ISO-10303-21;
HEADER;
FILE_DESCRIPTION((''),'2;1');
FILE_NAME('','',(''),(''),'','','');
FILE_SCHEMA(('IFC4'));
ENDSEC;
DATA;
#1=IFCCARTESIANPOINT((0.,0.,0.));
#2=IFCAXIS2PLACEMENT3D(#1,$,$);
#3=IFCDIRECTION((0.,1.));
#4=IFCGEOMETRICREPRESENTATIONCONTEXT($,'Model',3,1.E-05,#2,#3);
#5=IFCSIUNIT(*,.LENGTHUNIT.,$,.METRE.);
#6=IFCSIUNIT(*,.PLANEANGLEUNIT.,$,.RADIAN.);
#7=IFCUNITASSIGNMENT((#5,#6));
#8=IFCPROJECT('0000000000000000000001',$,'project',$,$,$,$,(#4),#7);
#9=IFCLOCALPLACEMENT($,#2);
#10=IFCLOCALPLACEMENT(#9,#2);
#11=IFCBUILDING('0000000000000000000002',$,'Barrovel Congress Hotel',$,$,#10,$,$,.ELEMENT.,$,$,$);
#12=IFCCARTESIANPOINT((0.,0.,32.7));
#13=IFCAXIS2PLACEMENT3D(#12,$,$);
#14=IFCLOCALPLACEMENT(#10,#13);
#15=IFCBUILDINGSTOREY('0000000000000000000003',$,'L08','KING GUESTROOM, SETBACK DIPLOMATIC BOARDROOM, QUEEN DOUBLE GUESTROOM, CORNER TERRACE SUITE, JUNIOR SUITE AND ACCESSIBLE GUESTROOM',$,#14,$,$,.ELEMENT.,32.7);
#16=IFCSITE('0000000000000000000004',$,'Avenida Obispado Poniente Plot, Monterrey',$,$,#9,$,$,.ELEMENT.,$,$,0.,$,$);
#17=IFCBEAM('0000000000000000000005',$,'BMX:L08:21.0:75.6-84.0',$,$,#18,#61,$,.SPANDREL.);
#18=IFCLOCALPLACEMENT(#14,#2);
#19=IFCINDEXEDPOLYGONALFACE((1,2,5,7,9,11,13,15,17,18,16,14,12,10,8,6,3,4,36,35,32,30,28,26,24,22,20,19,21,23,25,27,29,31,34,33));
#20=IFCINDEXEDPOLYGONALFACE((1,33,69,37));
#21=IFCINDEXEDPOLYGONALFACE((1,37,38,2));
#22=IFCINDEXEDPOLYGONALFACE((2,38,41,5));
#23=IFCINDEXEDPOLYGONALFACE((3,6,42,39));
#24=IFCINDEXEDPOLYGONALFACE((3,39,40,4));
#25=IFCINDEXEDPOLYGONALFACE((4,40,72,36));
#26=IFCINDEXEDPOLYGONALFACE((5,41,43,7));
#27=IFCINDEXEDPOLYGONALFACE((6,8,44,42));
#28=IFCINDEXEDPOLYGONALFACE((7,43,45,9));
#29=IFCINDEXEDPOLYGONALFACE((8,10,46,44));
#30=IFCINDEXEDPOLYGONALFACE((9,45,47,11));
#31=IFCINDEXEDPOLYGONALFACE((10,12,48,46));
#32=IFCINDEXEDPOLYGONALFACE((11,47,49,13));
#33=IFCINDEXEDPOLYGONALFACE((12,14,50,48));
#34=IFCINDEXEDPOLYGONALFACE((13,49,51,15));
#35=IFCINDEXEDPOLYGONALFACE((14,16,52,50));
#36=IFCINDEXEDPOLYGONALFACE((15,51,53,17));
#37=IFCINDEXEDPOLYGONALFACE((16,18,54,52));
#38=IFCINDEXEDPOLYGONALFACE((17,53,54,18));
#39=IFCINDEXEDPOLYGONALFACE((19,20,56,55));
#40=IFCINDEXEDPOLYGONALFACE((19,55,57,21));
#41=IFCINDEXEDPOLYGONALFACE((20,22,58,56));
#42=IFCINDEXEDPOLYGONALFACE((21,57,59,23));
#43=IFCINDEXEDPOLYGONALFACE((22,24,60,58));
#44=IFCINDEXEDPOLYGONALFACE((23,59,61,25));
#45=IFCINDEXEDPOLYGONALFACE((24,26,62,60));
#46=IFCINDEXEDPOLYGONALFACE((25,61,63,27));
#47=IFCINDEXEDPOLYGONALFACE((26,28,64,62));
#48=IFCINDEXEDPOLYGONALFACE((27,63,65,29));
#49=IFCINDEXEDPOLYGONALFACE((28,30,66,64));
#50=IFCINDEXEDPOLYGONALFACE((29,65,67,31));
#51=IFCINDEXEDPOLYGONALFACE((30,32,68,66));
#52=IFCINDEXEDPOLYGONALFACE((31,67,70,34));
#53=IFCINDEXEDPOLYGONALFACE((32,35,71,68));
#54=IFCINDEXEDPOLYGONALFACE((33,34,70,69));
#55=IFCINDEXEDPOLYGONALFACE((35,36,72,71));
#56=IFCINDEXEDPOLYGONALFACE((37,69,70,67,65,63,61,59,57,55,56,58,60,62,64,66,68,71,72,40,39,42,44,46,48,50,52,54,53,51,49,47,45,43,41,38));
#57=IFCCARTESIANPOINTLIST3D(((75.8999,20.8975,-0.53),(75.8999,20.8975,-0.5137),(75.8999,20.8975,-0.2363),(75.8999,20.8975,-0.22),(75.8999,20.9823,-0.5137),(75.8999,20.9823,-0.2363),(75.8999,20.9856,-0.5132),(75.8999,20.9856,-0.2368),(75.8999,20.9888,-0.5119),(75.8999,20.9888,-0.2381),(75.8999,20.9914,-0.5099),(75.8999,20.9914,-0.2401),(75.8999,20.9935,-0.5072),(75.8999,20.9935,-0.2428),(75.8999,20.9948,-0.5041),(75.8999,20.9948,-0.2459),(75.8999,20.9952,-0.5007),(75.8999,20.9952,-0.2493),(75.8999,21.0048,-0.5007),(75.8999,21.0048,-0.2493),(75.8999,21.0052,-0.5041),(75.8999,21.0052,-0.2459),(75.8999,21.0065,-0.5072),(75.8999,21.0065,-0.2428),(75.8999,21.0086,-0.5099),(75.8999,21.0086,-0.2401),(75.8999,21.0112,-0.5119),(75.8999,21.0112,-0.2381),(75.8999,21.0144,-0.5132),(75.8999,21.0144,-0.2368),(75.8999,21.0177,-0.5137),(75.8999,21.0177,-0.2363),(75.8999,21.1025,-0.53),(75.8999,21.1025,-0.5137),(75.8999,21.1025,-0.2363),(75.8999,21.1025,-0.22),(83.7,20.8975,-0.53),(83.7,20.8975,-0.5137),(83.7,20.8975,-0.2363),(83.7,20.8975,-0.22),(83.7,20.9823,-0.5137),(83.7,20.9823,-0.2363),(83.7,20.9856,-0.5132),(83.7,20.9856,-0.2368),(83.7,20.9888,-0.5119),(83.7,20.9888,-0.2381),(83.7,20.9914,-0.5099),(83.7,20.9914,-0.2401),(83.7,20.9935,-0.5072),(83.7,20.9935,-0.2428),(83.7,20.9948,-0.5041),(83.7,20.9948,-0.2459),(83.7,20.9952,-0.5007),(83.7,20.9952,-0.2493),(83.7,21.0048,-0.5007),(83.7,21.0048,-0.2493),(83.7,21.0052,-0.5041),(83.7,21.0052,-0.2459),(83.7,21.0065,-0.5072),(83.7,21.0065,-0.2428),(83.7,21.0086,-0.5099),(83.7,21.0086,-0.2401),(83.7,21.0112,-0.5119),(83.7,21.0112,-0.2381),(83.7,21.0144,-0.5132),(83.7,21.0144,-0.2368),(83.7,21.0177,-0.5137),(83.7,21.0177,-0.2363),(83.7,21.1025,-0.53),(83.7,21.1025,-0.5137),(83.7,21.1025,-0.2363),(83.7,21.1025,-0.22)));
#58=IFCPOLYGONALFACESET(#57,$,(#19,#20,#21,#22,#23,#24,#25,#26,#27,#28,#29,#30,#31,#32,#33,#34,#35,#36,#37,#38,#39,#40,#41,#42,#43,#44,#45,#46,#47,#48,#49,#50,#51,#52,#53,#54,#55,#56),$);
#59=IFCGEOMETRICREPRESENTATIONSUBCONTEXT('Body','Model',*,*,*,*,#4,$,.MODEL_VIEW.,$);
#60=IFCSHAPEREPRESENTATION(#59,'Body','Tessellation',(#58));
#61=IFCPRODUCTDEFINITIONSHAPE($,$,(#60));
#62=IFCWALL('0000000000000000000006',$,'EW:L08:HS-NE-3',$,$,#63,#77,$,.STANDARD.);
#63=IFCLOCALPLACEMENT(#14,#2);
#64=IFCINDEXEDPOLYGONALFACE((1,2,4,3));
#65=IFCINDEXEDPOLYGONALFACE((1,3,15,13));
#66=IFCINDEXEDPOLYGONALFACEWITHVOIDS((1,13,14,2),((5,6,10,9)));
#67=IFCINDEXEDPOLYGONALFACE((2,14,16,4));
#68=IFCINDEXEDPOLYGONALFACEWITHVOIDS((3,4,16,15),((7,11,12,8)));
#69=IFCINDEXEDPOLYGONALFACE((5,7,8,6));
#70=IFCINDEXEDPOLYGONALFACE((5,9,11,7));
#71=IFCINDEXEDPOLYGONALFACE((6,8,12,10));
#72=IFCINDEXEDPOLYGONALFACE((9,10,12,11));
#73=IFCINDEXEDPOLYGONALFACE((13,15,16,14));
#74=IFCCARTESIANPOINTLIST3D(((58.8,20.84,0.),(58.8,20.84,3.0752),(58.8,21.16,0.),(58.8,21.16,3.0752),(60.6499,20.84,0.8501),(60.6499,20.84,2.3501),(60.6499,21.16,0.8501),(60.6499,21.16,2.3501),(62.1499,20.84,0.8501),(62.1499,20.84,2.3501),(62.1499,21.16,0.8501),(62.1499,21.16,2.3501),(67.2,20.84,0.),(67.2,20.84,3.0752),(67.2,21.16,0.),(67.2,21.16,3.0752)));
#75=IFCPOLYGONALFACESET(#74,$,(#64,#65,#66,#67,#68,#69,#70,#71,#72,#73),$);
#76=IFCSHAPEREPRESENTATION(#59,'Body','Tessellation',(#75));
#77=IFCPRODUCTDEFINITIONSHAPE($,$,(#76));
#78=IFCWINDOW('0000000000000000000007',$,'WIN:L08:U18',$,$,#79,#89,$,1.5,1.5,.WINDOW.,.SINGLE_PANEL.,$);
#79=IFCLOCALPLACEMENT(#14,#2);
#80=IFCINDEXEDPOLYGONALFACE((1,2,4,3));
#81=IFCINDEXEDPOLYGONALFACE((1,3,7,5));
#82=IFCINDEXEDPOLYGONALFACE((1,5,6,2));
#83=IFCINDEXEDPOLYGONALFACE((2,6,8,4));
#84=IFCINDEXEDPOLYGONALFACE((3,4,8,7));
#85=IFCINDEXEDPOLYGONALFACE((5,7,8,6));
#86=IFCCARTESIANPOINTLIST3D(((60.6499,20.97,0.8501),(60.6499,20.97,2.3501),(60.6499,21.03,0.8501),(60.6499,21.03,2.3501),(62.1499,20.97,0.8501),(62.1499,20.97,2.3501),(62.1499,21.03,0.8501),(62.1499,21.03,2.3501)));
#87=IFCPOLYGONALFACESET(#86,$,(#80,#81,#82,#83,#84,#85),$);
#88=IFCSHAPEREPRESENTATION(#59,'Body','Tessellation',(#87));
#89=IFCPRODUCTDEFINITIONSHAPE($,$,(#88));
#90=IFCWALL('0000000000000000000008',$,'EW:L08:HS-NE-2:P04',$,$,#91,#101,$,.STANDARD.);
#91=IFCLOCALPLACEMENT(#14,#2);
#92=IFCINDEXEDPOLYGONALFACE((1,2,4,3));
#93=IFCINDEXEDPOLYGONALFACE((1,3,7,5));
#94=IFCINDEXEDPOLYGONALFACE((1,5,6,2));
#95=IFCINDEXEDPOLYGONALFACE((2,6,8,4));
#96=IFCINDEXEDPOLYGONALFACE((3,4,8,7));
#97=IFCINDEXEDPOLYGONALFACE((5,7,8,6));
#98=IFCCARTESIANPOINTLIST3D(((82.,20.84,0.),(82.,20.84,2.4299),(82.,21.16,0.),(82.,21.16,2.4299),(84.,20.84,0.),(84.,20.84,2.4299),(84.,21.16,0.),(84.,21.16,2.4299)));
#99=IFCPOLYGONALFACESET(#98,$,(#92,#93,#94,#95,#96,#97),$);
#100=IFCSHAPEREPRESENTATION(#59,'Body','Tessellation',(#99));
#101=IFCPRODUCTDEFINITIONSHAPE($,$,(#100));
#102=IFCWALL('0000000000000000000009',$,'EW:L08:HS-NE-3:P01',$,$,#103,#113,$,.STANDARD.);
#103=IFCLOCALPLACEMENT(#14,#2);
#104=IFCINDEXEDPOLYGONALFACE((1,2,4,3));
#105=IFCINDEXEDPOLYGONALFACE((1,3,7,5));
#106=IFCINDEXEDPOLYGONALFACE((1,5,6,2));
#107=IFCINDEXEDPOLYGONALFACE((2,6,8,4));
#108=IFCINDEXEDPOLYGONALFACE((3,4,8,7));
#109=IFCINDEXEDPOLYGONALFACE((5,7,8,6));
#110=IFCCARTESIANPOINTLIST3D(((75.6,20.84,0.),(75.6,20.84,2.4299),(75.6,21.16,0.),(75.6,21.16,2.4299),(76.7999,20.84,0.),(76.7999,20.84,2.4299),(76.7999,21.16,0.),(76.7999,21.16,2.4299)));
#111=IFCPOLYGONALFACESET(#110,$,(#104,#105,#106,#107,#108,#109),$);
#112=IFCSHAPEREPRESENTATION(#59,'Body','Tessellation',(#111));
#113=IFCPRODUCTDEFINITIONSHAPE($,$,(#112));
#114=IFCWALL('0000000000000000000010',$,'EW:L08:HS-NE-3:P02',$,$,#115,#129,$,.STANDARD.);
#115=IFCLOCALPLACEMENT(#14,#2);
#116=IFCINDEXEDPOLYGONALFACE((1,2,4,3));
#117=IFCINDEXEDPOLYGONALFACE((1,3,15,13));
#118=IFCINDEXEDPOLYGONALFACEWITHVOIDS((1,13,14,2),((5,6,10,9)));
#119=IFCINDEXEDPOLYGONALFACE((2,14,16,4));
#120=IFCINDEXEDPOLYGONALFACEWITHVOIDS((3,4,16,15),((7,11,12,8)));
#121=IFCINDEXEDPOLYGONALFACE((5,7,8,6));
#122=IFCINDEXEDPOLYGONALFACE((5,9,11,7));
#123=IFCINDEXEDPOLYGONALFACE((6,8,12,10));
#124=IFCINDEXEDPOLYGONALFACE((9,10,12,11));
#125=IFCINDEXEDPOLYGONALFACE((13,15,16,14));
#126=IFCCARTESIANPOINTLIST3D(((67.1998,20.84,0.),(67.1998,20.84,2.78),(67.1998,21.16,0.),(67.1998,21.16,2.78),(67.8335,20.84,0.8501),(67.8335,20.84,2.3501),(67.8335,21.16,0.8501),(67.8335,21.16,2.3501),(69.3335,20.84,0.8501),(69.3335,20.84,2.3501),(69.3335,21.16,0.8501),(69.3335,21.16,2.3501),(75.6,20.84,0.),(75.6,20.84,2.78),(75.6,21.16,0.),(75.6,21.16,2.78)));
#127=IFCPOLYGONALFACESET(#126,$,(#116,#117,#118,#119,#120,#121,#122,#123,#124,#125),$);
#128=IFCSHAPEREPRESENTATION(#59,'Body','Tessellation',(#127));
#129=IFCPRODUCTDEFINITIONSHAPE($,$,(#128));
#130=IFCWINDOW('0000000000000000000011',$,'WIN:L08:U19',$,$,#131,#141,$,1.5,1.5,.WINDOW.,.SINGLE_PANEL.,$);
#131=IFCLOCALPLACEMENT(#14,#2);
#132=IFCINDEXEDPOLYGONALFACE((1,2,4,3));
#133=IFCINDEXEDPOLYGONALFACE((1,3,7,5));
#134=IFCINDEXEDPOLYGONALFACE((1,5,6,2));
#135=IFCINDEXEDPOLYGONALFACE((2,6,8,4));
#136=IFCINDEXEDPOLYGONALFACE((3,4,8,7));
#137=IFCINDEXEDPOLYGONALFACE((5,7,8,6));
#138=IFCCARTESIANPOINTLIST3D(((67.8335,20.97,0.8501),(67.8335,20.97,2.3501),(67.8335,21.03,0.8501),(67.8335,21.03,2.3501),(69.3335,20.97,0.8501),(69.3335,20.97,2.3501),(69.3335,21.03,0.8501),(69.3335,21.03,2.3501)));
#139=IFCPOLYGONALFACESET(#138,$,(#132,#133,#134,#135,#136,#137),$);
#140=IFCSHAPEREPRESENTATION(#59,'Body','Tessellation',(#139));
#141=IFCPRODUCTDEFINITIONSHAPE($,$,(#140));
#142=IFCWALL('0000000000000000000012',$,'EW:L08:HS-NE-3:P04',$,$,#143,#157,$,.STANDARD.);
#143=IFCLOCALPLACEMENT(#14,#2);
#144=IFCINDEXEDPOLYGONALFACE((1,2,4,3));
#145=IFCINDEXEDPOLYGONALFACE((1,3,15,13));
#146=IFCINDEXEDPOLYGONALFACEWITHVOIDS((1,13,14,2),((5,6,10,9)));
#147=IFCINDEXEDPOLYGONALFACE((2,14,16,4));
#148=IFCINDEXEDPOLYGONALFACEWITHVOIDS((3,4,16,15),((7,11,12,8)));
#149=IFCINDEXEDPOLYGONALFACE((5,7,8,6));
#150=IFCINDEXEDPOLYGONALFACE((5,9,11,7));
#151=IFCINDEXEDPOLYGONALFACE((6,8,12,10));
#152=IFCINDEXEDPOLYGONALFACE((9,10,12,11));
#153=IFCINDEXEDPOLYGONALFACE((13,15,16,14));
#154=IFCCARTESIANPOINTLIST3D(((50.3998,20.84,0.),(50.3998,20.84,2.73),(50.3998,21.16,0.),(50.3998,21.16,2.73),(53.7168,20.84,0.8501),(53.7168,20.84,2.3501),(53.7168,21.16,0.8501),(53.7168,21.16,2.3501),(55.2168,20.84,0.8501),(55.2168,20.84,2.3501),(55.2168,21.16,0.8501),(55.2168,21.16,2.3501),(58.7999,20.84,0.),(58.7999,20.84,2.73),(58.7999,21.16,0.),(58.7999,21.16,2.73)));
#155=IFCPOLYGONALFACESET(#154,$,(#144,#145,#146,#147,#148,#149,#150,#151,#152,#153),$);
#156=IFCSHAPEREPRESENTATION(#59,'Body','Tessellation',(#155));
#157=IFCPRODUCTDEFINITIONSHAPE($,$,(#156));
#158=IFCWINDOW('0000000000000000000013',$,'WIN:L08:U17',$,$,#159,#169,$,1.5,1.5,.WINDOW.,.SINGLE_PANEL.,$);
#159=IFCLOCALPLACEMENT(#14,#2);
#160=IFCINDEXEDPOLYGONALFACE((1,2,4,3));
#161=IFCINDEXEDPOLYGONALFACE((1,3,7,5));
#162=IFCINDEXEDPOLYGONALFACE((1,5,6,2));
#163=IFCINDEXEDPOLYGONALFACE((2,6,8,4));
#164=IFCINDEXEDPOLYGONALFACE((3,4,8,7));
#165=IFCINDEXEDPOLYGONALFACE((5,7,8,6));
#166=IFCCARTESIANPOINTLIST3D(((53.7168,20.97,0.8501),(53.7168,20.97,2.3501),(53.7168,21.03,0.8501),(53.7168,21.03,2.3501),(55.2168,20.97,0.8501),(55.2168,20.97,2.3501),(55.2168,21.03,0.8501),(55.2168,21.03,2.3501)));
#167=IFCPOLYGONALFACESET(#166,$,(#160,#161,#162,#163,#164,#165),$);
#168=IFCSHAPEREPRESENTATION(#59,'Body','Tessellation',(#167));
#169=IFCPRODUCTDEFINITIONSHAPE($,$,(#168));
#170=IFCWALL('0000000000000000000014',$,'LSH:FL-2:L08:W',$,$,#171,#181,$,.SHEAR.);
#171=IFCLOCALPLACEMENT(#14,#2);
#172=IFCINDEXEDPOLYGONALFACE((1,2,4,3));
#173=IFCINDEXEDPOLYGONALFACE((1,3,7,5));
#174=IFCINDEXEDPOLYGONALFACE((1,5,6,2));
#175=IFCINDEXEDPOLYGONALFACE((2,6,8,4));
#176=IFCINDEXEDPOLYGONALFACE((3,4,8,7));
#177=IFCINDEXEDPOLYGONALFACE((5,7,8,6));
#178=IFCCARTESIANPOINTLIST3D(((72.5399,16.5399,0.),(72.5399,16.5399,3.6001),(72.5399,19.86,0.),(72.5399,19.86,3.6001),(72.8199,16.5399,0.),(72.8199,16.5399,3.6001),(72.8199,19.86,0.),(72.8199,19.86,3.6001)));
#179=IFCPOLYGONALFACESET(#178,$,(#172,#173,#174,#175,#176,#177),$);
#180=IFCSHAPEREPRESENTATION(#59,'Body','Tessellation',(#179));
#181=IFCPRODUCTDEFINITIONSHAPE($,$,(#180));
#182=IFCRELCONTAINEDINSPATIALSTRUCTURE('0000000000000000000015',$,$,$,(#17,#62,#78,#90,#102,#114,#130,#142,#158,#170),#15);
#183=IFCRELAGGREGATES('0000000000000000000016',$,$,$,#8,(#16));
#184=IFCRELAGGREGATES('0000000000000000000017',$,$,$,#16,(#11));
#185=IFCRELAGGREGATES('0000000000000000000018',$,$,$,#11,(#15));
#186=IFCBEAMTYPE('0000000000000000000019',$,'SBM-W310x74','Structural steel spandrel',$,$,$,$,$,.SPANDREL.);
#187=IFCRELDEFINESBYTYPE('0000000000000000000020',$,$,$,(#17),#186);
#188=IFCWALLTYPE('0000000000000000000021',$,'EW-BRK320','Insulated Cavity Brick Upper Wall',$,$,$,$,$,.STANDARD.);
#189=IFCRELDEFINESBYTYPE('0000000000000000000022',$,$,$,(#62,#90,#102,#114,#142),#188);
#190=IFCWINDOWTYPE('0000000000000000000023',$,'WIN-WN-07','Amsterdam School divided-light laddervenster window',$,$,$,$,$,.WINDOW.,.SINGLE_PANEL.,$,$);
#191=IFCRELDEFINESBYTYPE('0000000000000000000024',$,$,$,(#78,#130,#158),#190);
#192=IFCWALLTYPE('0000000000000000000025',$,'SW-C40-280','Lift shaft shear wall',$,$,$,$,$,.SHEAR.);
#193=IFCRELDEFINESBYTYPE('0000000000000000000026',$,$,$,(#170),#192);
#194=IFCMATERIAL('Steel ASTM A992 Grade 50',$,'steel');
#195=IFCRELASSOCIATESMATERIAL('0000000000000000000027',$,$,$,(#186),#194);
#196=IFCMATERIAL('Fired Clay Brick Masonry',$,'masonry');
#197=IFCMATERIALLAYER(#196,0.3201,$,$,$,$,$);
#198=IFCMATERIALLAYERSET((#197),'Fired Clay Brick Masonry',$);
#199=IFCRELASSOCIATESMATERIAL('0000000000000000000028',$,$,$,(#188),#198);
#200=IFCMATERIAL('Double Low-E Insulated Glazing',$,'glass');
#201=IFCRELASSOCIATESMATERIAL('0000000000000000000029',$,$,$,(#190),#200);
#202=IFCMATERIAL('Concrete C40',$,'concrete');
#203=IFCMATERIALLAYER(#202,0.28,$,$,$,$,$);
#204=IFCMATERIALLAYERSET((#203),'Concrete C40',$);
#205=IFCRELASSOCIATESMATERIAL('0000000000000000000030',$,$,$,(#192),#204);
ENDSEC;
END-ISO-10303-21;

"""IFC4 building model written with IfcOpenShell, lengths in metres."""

from ifc_helpers import new_model, si_unit, direction, frame, frame_2d, origin, origin_2d, place, context, subcontext, project, spatial, rectangle, i_section, extrude, material, layer, layer_set, material_profile, profile_set, type_object, element, fill, save


model = new_model("IFC4")

# Units and contexts
model_context = context("Model", 3, precision=1e-05, world=origin(), true_north=direction((0.0, 1.0)))
body_context = subcontext(model_context, "Body", "Model", "MODEL_VIEW")
ifc_project = project(units=[si_unit("LENGTHUNIT", "METRE"), si_unit("PLANEANGLEUNIT", "RADIAN")], contexts=[model_context])

# Site, building, storey
site_placement = place(None, origin())
site = spatial("IfcSite", under=ifc_project, at=site_placement, Name="Avenida Obispado Poniente Plot, Monterrey", CompositionType="ELEMENT", RefElevation=0.0)
building_placement = place(site_placement, origin())
building = spatial("IfcBuilding", under=site, at=building_placement, Name="Barrovel Congress Hotel", CompositionType="ELEMENT")
storey_placement = place(building_placement, frame((0.0, 0.0, 32.7)))
storey = spatial("IfcBuildingStorey", under=building, at=storey_placement, Name="L08", Description="KING GUESTROOM, SETBACK DIPLOMATIC BOARDROOM, QUEEN DOUBLE GUESTROOM, CORNER TERRACE SUITE, JUNIOR SUITE AND ACCESSIBLE GUESTROOM", CompositionType="ELEMENT", Elevation=32.7)

# Shared definitions
ifc_material_1 = material(Name="Concrete C40", Category="concrete")

# Beam
ifc_material_2 = material(Name="Steel ASTM A992 Grade 50", Category="steel")
ifc_material_profile_1 = material_profile(ifc_material_2, i_section(OverallWidth=0.2051, OverallDepth=0.3101, WebThickness=0.0095, FlangeThickness=0.0164, FilletRadius=0.0129, at=origin_2d()), Name="W310x74")
ifc_profile_set_1 = profile_set([ifc_material_profile_1], Name="Steel ASTM A992 Grade 50")
beam_type_1 = type_object("IfcBeamType", Name="SBM-W310x74", Description="Structural steel spandrel", PredefinedType="SPANDREL", material=ifc_profile_set_1)
beam_1_placement = place(storey_placement, frame((75.8999, 21.0, -0.375), z_axis=(1.0, 0.0, 0.0), x_axis=(0.0, 1.0, 0.0)))
element("IfcBeam", 1, at=beam_1_placement, inside=storey, type_object=beam_type_1, Name="BMX:L08:21.0:75.6-84.0", PredefinedType="SPANDREL", context=body_context, shape_type="SweptSolid", body=[
    extrude(i_section(OverallWidth=0.2051, OverallDepth=0.3101, WebThickness=0.0095, FlangeThickness=0.0164, FilletRadius=0.0129, at=origin_2d()), origin(), (0.0, 0.0, 1.0), 7.8),
])

# Wall, opening, window
ifc_material_3 = material(Name="Fired Clay Brick Masonry", Category="masonry")
ifc_layer_1 = layer(ifc_material_3, 0.3201)
ifc_layer_set_1 = layer_set([ifc_layer_1], Name="Fired Clay Brick Masonry")
wall_type_1 = type_object("IfcWallType", Name="EW-BRK320", Description="Insulated Cavity Brick Upper Wall", PredefinedType="STANDARD", material=ifc_layer_set_1)
wall_1_placement = place(storey_placement, frame((67.2, 21.0, 0.0), z_axis=(0.0, 0.0, 1.0), x_axis=(-1.0, 0.0, 0.0)))
wall_1 = element("IfcWall", 2, at=wall_1_placement, inside=storey, type_object=wall_type_1, Name="EW:L08:HS-NE-3", PredefinedType="STANDARD", context=body_context, shape_type="SweptSolid", body=[
    extrude(rectangle(XDim=8.3999, YDim=0.3201, at=frame_2d((4.2, 0.0))), origin(), (0.0, 0.0, 1.0), 3.0752),
])
opening_1_placement = place(wall_1_placement, frame((5.05, 0.0, 0.8501)))
opening_1 = element("IfcOpeningElement", 3, at=opening_1_placement, cuts=wall_1, PredefinedType="OPENING", context=body_context, shape_type="SweptSolid", body=[
    extrude(rectangle(XDim=1.5, YDim=1.5, at=frame_2d((0.75, 0.75))), frame((0.0, 0.1699, 0.0), z_axis=(0.0, -1.0, 0.0), x_axis=(1.0, 0.0, 0.0)), (0.0, 0.0, 1.0), 0.3401),
])
ifc_material_4 = material(Name="Double Low-E Insulated Glazing", Category="glass")
window_type = type_object("IfcWindowType", Name="WIN-WN-07", Description="Amsterdam School divided-light laddervenster window", PartitioningType="SINGLE_PANEL", PredefinedType="WINDOW", material=ifc_material_4)
window_1_placement = place(opening_1_placement, origin())
window_1 = element("IfcWindow", 4, at=window_1_placement, inside=storey, type_object=window_type, Name="WIN:L08:U18", OverallHeight=1.5, OverallWidth=1.5, PartitioningType="SINGLE_PANEL", PredefinedType="WINDOW", context=body_context, shape_type="SweptSolid", body=[
    extrude(rectangle(XDim=1.5, YDim=1.5, at=frame_2d((0.75, 0.75))), frame((0.0, 0.03, 0.0), z_axis=(0.0, -1.0, 0.0), x_axis=(1.0, 0.0, 0.0)), (0.0, 0.0, 1.0), 0.0601),
])
fill(opening_1, window_1)

# Walls
wall_2_placement = place(storey_placement, frame((84.0, 21.0, 0.0), z_axis=(0.0, 0.0, 1.0), x_axis=(-1.0, 0.0, 0.0)))
element("IfcWall", 5, at=wall_2_placement, inside=storey, type_object=wall_type_1, Name="EW:L08:HS-NE-2:P04", PredefinedType="STANDARD", context=body_context, shape_type="SweptSolid", body=[
    extrude(rectangle(XDim=2.0, YDim=0.3201, at=frame_2d((1.0, 0.0))), origin(), (0.0, 0.0, 1.0), 2.4299),
])
wall_3_placement = place(storey_placement, frame((76.8, 21.0, 0.0), z_axis=(0.0, 0.0, 1.0), x_axis=(-1.0, 0.0, 0.0)))
element("IfcWall", 6, at=wall_3_placement, inside=storey, type_object=wall_type_1, Name="EW:L08:HS-NE-3:P01", PredefinedType="STANDARD", context=body_context, shape_type="SweptSolid", body=[
    extrude(rectangle(XDim=1.2, YDim=0.3201, at=frame_2d((0.6001, 0.0))), origin(), (0.0, 0.0, 1.0), 2.4299),
])

# Walls, openings, windows
wall_4_placement = place(storey_placement, frame((75.6001, 21.0, 0.0), z_axis=(0.0, 0.0, 1.0), x_axis=(-1.0, 0.0, 0.0)))
wall_4 = element("IfcWall", 7, at=wall_4_placement, inside=storey, type_object=wall_type_1, Name="EW:L08:HS-NE-3:P02", PredefinedType="STANDARD", context=body_context, shape_type="SweptSolid", body=[
    extrude(rectangle(XDim=8.4001, YDim=0.3201, at=frame_2d((4.2002, 0.0))), origin(), (0.0, 0.0, 1.0), 2.78),
])
opening_2_placement = place(wall_4_placement, frame((6.2666, 0.0, 0.8501)))
opening_2 = element("IfcOpeningElement", 8, at=opening_2_placement, cuts=wall_4, PredefinedType="OPENING", context=body_context, shape_type="SweptSolid", body=[
    extrude(rectangle(XDim=1.5, YDim=1.5, at=frame_2d((0.75, 0.75))), frame((0.0, 0.1699, 0.0), z_axis=(0.0, -1.0, 0.0), x_axis=(1.0, 0.0, 0.0)), (0.0, 0.0, 1.0), 0.3401),
])
window_2_placement = place(opening_2_placement, origin())
window_2 = element("IfcWindow", 9, at=window_2_placement, inside=storey, type_object=window_type, Name="WIN:L08:U19", OverallHeight=1.5, OverallWidth=1.5, PartitioningType="SINGLE_PANEL", PredefinedType="WINDOW", context=body_context, shape_type="SweptSolid", body=[
    extrude(rectangle(XDim=1.5, YDim=1.5, at=frame_2d((0.75, 0.75))), frame((0.0, 0.03, 0.0), z_axis=(0.0, -1.0, 0.0), x_axis=(1.0, 0.0, 0.0)), (0.0, 0.0, 1.0), 0.0601),
])
fill(opening_2, window_2)
wall_5_placement = place(storey_placement, frame((58.8, 21.0, 0.0), z_axis=(0.0, 0.0, 1.0), x_axis=(-1.0, 0.0, 0.0)))
wall_5 = element("IfcWall", 10, at=wall_5_placement, inside=storey, type_object=wall_type_1, Name="EW:L08:HS-NE-3:P04", PredefinedType="STANDARD", context=body_context, shape_type="SweptSolid", body=[
    extrude(rectangle(XDim=8.4001, YDim=0.3201, at=frame_2d((4.2002, 0.0))), origin(), (0.0, 0.0, 1.0), 2.73),
])
opening_3_placement = place(wall_5_placement, frame((3.5833, 0.0, 0.8501)))
opening_3 = element("IfcOpeningElement", 11, at=opening_3_placement, cuts=wall_5, PredefinedType="OPENING", context=body_context, shape_type="SweptSolid", body=[
    extrude(rectangle(XDim=1.5, YDim=1.5, at=frame_2d((0.75, 0.75))), frame((0.0, 0.1699, 0.0), z_axis=(0.0, -1.0, 0.0), x_axis=(1.0, 0.0, 0.0)), (0.0, 0.0, 1.0), 0.3401),
])
window_3_placement = place(opening_3_placement, origin())
window_3 = element("IfcWindow", 12, at=window_3_placement, inside=storey, type_object=window_type, Name="WIN:L08:U17", OverallHeight=1.5, OverallWidth=1.5, PartitioningType="SINGLE_PANEL", PredefinedType="WINDOW", context=body_context, shape_type="SweptSolid", body=[
    extrude(rectangle(XDim=1.5, YDim=1.5, at=frame_2d((0.75, 0.75))), frame((0.0, 0.03, 0.0), z_axis=(0.0, -1.0, 0.0), x_axis=(1.0, 0.0, 0.0)), (0.0, 0.0, 1.0), 0.0601),
])
fill(opening_3, window_3)

# Wall
ifc_layer_2 = layer(ifc_material_1, 0.28)
ifc_layer_set_2 = layer_set([ifc_layer_2], Name="Concrete C40")
wall_type_2 = type_object("IfcWallType", Name="SW-C40-280", Description="Lift shaft shear wall", PredefinedType="SHEAR", material=ifc_layer_set_2)
wall_6_placement = place(storey_placement, frame((72.6799, 19.8601, 0.0), z_axis=(0.0, 0.0, 1.0), x_axis=(0.0, -1.0, 0.0)))
element("IfcWall", 13, at=wall_6_placement, inside=storey, type_object=wall_type_2, Name="LSH:FL-2:L08:W", PredefinedType="SHEAR", context=body_context, shape_type="SweptSolid", body=[
    extrude(rectangle(XDim=3.3201, YDim=0.28, at=frame_2d((1.6602, 0.0))), origin(), (0.0, 0.0, 1.0), 3.6001),
])

save(model, "model.ifc")
